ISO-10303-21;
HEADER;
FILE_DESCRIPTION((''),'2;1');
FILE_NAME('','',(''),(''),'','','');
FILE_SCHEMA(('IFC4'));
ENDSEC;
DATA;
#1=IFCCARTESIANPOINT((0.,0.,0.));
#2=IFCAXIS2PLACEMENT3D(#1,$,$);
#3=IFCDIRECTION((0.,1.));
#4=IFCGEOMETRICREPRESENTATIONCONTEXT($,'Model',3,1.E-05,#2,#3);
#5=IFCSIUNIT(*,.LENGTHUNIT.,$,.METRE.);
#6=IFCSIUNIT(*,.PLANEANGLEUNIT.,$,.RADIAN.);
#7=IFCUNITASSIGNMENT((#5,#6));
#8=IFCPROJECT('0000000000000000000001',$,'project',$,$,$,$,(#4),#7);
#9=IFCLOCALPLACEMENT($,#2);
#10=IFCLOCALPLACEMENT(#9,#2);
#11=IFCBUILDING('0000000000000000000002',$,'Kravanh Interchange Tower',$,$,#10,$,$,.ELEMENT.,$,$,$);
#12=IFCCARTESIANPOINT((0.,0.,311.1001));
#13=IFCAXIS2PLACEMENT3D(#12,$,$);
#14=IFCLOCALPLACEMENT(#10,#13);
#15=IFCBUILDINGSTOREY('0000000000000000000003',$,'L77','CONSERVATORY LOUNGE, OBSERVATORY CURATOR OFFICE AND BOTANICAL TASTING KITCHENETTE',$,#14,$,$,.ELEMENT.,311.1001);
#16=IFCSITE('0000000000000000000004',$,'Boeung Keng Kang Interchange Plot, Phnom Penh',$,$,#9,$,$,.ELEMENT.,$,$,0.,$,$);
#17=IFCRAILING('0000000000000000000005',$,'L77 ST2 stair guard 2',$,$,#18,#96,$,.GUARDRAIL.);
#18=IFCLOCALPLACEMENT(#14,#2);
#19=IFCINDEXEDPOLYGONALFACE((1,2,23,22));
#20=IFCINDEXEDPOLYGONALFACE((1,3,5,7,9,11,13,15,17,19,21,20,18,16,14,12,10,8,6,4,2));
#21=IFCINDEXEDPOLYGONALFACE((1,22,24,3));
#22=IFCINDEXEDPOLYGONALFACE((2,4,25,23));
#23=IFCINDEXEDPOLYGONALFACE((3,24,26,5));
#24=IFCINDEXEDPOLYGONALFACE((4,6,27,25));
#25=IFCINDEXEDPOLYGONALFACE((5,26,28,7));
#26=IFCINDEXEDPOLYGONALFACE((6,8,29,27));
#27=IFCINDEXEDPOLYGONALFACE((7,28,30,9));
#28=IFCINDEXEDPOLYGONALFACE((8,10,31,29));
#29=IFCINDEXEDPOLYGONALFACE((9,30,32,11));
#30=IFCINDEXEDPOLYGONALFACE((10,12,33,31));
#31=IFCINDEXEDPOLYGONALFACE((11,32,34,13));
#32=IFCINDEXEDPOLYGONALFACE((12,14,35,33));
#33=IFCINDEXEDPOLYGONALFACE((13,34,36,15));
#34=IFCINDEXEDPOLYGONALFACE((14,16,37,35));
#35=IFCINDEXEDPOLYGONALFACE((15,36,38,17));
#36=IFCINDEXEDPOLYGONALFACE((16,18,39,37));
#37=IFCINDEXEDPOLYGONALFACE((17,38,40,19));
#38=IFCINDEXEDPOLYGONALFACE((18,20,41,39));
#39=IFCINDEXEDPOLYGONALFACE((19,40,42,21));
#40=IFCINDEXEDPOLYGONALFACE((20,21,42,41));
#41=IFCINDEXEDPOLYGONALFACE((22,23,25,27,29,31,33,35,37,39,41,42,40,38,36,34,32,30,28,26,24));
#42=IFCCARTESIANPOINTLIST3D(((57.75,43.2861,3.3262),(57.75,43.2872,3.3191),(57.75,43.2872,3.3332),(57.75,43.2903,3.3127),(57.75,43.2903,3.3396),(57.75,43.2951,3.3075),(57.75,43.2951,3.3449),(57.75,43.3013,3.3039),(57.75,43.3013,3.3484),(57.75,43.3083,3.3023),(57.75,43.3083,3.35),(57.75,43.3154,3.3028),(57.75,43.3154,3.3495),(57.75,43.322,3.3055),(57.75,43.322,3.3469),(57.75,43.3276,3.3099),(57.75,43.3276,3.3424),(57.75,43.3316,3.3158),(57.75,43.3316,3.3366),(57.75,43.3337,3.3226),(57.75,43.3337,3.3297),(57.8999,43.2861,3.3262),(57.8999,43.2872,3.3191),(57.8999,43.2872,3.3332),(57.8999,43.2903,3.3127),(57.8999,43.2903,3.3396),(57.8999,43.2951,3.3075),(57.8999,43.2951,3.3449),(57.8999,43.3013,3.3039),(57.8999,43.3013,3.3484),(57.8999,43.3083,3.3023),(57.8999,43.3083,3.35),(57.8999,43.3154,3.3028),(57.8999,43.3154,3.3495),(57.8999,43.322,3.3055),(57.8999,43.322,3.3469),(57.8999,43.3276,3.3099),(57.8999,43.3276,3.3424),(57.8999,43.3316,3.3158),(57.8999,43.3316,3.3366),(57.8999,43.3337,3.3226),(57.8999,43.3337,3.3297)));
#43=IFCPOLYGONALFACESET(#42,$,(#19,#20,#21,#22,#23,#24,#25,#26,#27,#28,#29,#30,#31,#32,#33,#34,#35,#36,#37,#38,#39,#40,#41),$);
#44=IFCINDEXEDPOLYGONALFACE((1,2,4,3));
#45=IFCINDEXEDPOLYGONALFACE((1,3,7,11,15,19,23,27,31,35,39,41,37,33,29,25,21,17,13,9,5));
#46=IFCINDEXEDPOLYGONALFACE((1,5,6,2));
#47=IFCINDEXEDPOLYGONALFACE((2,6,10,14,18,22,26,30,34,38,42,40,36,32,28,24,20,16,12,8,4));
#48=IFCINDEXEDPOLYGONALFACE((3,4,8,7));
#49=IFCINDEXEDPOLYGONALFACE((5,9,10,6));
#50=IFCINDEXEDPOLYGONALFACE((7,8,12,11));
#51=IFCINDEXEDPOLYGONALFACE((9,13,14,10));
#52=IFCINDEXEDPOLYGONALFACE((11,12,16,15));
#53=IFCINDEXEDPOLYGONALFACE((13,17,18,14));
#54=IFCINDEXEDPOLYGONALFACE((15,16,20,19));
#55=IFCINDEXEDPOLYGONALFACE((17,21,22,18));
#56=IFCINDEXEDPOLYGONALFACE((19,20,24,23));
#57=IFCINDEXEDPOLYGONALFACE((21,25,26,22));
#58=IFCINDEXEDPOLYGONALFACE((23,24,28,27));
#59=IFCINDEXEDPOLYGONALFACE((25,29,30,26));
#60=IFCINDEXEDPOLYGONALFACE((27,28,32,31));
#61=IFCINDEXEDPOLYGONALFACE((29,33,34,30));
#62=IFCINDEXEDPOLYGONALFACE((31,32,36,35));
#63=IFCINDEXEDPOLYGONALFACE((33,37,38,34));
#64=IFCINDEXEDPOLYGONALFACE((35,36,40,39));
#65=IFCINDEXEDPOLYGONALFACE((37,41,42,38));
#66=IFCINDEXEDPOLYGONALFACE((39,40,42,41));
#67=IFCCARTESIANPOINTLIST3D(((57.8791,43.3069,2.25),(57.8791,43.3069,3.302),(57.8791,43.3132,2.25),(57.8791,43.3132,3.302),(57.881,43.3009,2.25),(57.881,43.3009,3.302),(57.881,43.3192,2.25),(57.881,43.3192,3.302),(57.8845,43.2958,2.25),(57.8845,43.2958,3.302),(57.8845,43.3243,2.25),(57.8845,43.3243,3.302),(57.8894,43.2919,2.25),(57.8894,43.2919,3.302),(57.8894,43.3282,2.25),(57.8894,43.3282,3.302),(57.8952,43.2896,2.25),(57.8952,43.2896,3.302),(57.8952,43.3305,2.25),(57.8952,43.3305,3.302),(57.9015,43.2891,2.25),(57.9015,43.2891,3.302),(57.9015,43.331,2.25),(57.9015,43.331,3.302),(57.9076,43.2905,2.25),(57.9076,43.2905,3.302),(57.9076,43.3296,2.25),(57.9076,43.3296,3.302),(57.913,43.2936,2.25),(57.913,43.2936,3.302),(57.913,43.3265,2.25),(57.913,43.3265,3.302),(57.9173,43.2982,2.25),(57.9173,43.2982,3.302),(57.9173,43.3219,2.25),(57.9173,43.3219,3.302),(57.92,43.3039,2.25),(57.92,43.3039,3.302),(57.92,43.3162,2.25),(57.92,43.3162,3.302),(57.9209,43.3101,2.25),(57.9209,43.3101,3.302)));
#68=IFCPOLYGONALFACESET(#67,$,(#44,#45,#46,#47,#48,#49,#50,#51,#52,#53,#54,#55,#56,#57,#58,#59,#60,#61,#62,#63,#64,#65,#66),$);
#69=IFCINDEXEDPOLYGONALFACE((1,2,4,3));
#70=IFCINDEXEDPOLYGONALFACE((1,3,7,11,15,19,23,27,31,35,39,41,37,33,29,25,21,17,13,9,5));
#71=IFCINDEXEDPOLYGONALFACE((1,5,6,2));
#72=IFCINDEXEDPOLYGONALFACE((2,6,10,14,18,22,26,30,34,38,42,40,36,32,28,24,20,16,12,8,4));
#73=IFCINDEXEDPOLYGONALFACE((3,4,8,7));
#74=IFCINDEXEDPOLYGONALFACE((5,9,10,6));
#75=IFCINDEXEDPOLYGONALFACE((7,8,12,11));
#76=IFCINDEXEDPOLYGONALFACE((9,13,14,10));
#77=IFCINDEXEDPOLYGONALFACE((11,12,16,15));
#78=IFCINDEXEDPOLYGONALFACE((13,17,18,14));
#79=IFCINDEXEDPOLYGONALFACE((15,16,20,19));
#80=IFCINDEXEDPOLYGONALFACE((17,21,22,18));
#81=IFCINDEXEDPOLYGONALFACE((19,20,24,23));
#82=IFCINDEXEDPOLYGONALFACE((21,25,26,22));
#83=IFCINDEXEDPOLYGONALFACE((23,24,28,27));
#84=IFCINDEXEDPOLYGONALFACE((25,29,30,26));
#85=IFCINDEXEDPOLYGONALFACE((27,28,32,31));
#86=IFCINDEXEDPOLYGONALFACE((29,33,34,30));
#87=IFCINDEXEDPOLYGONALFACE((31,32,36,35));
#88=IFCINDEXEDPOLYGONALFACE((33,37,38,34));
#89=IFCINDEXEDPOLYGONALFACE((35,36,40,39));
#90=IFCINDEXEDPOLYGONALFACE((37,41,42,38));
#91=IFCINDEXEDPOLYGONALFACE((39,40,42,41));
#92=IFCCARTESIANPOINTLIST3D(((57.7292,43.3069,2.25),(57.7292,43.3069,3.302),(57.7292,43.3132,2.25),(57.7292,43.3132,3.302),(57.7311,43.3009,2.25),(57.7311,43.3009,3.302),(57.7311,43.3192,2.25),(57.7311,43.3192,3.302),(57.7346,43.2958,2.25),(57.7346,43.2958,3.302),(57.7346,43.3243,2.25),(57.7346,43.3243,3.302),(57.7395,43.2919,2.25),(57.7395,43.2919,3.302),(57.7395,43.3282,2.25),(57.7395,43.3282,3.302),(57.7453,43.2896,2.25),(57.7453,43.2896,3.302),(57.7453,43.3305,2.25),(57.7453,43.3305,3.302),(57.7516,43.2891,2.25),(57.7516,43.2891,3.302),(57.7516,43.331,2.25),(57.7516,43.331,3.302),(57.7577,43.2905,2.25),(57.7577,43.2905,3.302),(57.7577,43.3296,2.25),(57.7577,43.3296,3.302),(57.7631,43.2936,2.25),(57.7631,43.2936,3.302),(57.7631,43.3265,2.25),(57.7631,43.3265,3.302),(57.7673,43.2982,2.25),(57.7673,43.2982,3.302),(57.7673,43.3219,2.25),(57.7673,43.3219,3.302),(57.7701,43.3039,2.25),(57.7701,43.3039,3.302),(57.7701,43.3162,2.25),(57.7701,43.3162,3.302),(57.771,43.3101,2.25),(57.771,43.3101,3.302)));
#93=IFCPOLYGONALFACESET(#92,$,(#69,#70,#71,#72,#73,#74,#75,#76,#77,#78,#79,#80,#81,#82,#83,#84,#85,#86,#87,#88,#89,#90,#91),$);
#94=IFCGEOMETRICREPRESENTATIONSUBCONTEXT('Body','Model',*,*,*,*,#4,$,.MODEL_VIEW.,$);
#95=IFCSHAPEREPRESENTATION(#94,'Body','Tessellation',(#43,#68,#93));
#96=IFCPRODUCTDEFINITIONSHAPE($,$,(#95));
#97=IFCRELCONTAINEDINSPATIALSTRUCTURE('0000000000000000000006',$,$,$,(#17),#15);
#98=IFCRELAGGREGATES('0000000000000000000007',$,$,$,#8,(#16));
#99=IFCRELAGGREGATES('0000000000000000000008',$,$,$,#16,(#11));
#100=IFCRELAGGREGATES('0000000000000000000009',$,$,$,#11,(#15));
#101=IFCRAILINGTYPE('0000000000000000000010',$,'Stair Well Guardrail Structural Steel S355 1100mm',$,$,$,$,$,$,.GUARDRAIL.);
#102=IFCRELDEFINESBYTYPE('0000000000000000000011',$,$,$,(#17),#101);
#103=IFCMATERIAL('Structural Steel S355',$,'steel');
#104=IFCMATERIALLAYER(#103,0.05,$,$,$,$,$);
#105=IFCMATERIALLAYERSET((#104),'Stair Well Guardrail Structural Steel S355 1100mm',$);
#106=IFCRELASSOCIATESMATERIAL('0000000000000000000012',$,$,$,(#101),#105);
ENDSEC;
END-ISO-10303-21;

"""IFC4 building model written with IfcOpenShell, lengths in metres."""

from ifc_helpers import new_model, si_unit, direction, frame, origin, origin_2d, place, context, subcontext, project, spatial, circle, extrude, material, layer, layer_set, type_object, element, save


model = new_model("IFC4")

# Units and contexts
model_context = context("Model", 3, precision=1e-05, world=origin(), true_north=direction((0.0, 1.0)))
body_context = subcontext(model_context, "Body", "Model", "MODEL_VIEW")
ifc_project = project(units=[si_unit("LENGTHUNIT", "METRE"), si_unit("PLANEANGLEUNIT", "RADIAN")], contexts=[model_context])

# Site, building, storey
site_placement = place(None, origin())
site = spatial("IfcSite", under=ifc_project, at=site_placement, Name="Boeung Keng Kang Interchange Plot, Phnom Penh", CompositionType="ELEMENT", RefElevation=0.0)
building_placement = place(site_placement, origin())
building = spatial("IfcBuilding", under=site, at=building_placement, Name="Kravanh Interchange Tower", CompositionType="ELEMENT")
storey_placement = place(building_placement, frame((0.0, 0.0, 311.1001)))
storey = spatial("IfcBuildingStorey", under=building, at=storey_placement, Name="L77", Description="CONSERVATORY LOUNGE, OBSERVATORY CURATOR OFFICE AND BOTANICAL TASTING KITCHENETTE", CompositionType="ELEMENT", Elevation=311.1001)

# Railing
ifc_material_1 = material(Name="Structural Steel S355", Category="steel")
ifc_layer_1 = layer(ifc_material_1, 0.05)
ifc_layer_set_1 = layer_set([ifc_layer_1], Name="Stair Well Guardrail Structural Steel S355 1100mm")
railing_type_1 = type_object("IfcRailingType", Name="Stair Well Guardrail Structural Steel S355 1100mm", PredefinedType="GUARDRAIL", material=ifc_layer_set_1)
railing_1_placement = place(storey_placement, frame((57.8999, 43.3101, 2.25)))
element("IfcRailing", 1, at=railing_1_placement, inside=storey, type_object=railing_type_1, Name="L77 ST2 stair guard 2", PredefinedType="GUARDRAIL", context=body_context, shape_type="SweptSolid", body=[
    extrude(circle(Radius=0.0239, at=origin_2d()), frame((0.0, 0.0, 1.0762), z_axis=(-1.0, 0.0, 0.0), x_axis=(0.0, -1.0, 0.0)), (0.0, 0.0, 1.0), 0.1499),
    extrude(circle(Radius=0.021, at=origin_2d()), origin(), (0.0, 0.0, 1.0), 1.052),
    extrude(circle(Radius=0.021, at=origin_2d()), frame((-0.1499, 0.0, 0.0)), (0.0, 0.0, 1.0), 1.052),
])

save(model, "model.ifc")
